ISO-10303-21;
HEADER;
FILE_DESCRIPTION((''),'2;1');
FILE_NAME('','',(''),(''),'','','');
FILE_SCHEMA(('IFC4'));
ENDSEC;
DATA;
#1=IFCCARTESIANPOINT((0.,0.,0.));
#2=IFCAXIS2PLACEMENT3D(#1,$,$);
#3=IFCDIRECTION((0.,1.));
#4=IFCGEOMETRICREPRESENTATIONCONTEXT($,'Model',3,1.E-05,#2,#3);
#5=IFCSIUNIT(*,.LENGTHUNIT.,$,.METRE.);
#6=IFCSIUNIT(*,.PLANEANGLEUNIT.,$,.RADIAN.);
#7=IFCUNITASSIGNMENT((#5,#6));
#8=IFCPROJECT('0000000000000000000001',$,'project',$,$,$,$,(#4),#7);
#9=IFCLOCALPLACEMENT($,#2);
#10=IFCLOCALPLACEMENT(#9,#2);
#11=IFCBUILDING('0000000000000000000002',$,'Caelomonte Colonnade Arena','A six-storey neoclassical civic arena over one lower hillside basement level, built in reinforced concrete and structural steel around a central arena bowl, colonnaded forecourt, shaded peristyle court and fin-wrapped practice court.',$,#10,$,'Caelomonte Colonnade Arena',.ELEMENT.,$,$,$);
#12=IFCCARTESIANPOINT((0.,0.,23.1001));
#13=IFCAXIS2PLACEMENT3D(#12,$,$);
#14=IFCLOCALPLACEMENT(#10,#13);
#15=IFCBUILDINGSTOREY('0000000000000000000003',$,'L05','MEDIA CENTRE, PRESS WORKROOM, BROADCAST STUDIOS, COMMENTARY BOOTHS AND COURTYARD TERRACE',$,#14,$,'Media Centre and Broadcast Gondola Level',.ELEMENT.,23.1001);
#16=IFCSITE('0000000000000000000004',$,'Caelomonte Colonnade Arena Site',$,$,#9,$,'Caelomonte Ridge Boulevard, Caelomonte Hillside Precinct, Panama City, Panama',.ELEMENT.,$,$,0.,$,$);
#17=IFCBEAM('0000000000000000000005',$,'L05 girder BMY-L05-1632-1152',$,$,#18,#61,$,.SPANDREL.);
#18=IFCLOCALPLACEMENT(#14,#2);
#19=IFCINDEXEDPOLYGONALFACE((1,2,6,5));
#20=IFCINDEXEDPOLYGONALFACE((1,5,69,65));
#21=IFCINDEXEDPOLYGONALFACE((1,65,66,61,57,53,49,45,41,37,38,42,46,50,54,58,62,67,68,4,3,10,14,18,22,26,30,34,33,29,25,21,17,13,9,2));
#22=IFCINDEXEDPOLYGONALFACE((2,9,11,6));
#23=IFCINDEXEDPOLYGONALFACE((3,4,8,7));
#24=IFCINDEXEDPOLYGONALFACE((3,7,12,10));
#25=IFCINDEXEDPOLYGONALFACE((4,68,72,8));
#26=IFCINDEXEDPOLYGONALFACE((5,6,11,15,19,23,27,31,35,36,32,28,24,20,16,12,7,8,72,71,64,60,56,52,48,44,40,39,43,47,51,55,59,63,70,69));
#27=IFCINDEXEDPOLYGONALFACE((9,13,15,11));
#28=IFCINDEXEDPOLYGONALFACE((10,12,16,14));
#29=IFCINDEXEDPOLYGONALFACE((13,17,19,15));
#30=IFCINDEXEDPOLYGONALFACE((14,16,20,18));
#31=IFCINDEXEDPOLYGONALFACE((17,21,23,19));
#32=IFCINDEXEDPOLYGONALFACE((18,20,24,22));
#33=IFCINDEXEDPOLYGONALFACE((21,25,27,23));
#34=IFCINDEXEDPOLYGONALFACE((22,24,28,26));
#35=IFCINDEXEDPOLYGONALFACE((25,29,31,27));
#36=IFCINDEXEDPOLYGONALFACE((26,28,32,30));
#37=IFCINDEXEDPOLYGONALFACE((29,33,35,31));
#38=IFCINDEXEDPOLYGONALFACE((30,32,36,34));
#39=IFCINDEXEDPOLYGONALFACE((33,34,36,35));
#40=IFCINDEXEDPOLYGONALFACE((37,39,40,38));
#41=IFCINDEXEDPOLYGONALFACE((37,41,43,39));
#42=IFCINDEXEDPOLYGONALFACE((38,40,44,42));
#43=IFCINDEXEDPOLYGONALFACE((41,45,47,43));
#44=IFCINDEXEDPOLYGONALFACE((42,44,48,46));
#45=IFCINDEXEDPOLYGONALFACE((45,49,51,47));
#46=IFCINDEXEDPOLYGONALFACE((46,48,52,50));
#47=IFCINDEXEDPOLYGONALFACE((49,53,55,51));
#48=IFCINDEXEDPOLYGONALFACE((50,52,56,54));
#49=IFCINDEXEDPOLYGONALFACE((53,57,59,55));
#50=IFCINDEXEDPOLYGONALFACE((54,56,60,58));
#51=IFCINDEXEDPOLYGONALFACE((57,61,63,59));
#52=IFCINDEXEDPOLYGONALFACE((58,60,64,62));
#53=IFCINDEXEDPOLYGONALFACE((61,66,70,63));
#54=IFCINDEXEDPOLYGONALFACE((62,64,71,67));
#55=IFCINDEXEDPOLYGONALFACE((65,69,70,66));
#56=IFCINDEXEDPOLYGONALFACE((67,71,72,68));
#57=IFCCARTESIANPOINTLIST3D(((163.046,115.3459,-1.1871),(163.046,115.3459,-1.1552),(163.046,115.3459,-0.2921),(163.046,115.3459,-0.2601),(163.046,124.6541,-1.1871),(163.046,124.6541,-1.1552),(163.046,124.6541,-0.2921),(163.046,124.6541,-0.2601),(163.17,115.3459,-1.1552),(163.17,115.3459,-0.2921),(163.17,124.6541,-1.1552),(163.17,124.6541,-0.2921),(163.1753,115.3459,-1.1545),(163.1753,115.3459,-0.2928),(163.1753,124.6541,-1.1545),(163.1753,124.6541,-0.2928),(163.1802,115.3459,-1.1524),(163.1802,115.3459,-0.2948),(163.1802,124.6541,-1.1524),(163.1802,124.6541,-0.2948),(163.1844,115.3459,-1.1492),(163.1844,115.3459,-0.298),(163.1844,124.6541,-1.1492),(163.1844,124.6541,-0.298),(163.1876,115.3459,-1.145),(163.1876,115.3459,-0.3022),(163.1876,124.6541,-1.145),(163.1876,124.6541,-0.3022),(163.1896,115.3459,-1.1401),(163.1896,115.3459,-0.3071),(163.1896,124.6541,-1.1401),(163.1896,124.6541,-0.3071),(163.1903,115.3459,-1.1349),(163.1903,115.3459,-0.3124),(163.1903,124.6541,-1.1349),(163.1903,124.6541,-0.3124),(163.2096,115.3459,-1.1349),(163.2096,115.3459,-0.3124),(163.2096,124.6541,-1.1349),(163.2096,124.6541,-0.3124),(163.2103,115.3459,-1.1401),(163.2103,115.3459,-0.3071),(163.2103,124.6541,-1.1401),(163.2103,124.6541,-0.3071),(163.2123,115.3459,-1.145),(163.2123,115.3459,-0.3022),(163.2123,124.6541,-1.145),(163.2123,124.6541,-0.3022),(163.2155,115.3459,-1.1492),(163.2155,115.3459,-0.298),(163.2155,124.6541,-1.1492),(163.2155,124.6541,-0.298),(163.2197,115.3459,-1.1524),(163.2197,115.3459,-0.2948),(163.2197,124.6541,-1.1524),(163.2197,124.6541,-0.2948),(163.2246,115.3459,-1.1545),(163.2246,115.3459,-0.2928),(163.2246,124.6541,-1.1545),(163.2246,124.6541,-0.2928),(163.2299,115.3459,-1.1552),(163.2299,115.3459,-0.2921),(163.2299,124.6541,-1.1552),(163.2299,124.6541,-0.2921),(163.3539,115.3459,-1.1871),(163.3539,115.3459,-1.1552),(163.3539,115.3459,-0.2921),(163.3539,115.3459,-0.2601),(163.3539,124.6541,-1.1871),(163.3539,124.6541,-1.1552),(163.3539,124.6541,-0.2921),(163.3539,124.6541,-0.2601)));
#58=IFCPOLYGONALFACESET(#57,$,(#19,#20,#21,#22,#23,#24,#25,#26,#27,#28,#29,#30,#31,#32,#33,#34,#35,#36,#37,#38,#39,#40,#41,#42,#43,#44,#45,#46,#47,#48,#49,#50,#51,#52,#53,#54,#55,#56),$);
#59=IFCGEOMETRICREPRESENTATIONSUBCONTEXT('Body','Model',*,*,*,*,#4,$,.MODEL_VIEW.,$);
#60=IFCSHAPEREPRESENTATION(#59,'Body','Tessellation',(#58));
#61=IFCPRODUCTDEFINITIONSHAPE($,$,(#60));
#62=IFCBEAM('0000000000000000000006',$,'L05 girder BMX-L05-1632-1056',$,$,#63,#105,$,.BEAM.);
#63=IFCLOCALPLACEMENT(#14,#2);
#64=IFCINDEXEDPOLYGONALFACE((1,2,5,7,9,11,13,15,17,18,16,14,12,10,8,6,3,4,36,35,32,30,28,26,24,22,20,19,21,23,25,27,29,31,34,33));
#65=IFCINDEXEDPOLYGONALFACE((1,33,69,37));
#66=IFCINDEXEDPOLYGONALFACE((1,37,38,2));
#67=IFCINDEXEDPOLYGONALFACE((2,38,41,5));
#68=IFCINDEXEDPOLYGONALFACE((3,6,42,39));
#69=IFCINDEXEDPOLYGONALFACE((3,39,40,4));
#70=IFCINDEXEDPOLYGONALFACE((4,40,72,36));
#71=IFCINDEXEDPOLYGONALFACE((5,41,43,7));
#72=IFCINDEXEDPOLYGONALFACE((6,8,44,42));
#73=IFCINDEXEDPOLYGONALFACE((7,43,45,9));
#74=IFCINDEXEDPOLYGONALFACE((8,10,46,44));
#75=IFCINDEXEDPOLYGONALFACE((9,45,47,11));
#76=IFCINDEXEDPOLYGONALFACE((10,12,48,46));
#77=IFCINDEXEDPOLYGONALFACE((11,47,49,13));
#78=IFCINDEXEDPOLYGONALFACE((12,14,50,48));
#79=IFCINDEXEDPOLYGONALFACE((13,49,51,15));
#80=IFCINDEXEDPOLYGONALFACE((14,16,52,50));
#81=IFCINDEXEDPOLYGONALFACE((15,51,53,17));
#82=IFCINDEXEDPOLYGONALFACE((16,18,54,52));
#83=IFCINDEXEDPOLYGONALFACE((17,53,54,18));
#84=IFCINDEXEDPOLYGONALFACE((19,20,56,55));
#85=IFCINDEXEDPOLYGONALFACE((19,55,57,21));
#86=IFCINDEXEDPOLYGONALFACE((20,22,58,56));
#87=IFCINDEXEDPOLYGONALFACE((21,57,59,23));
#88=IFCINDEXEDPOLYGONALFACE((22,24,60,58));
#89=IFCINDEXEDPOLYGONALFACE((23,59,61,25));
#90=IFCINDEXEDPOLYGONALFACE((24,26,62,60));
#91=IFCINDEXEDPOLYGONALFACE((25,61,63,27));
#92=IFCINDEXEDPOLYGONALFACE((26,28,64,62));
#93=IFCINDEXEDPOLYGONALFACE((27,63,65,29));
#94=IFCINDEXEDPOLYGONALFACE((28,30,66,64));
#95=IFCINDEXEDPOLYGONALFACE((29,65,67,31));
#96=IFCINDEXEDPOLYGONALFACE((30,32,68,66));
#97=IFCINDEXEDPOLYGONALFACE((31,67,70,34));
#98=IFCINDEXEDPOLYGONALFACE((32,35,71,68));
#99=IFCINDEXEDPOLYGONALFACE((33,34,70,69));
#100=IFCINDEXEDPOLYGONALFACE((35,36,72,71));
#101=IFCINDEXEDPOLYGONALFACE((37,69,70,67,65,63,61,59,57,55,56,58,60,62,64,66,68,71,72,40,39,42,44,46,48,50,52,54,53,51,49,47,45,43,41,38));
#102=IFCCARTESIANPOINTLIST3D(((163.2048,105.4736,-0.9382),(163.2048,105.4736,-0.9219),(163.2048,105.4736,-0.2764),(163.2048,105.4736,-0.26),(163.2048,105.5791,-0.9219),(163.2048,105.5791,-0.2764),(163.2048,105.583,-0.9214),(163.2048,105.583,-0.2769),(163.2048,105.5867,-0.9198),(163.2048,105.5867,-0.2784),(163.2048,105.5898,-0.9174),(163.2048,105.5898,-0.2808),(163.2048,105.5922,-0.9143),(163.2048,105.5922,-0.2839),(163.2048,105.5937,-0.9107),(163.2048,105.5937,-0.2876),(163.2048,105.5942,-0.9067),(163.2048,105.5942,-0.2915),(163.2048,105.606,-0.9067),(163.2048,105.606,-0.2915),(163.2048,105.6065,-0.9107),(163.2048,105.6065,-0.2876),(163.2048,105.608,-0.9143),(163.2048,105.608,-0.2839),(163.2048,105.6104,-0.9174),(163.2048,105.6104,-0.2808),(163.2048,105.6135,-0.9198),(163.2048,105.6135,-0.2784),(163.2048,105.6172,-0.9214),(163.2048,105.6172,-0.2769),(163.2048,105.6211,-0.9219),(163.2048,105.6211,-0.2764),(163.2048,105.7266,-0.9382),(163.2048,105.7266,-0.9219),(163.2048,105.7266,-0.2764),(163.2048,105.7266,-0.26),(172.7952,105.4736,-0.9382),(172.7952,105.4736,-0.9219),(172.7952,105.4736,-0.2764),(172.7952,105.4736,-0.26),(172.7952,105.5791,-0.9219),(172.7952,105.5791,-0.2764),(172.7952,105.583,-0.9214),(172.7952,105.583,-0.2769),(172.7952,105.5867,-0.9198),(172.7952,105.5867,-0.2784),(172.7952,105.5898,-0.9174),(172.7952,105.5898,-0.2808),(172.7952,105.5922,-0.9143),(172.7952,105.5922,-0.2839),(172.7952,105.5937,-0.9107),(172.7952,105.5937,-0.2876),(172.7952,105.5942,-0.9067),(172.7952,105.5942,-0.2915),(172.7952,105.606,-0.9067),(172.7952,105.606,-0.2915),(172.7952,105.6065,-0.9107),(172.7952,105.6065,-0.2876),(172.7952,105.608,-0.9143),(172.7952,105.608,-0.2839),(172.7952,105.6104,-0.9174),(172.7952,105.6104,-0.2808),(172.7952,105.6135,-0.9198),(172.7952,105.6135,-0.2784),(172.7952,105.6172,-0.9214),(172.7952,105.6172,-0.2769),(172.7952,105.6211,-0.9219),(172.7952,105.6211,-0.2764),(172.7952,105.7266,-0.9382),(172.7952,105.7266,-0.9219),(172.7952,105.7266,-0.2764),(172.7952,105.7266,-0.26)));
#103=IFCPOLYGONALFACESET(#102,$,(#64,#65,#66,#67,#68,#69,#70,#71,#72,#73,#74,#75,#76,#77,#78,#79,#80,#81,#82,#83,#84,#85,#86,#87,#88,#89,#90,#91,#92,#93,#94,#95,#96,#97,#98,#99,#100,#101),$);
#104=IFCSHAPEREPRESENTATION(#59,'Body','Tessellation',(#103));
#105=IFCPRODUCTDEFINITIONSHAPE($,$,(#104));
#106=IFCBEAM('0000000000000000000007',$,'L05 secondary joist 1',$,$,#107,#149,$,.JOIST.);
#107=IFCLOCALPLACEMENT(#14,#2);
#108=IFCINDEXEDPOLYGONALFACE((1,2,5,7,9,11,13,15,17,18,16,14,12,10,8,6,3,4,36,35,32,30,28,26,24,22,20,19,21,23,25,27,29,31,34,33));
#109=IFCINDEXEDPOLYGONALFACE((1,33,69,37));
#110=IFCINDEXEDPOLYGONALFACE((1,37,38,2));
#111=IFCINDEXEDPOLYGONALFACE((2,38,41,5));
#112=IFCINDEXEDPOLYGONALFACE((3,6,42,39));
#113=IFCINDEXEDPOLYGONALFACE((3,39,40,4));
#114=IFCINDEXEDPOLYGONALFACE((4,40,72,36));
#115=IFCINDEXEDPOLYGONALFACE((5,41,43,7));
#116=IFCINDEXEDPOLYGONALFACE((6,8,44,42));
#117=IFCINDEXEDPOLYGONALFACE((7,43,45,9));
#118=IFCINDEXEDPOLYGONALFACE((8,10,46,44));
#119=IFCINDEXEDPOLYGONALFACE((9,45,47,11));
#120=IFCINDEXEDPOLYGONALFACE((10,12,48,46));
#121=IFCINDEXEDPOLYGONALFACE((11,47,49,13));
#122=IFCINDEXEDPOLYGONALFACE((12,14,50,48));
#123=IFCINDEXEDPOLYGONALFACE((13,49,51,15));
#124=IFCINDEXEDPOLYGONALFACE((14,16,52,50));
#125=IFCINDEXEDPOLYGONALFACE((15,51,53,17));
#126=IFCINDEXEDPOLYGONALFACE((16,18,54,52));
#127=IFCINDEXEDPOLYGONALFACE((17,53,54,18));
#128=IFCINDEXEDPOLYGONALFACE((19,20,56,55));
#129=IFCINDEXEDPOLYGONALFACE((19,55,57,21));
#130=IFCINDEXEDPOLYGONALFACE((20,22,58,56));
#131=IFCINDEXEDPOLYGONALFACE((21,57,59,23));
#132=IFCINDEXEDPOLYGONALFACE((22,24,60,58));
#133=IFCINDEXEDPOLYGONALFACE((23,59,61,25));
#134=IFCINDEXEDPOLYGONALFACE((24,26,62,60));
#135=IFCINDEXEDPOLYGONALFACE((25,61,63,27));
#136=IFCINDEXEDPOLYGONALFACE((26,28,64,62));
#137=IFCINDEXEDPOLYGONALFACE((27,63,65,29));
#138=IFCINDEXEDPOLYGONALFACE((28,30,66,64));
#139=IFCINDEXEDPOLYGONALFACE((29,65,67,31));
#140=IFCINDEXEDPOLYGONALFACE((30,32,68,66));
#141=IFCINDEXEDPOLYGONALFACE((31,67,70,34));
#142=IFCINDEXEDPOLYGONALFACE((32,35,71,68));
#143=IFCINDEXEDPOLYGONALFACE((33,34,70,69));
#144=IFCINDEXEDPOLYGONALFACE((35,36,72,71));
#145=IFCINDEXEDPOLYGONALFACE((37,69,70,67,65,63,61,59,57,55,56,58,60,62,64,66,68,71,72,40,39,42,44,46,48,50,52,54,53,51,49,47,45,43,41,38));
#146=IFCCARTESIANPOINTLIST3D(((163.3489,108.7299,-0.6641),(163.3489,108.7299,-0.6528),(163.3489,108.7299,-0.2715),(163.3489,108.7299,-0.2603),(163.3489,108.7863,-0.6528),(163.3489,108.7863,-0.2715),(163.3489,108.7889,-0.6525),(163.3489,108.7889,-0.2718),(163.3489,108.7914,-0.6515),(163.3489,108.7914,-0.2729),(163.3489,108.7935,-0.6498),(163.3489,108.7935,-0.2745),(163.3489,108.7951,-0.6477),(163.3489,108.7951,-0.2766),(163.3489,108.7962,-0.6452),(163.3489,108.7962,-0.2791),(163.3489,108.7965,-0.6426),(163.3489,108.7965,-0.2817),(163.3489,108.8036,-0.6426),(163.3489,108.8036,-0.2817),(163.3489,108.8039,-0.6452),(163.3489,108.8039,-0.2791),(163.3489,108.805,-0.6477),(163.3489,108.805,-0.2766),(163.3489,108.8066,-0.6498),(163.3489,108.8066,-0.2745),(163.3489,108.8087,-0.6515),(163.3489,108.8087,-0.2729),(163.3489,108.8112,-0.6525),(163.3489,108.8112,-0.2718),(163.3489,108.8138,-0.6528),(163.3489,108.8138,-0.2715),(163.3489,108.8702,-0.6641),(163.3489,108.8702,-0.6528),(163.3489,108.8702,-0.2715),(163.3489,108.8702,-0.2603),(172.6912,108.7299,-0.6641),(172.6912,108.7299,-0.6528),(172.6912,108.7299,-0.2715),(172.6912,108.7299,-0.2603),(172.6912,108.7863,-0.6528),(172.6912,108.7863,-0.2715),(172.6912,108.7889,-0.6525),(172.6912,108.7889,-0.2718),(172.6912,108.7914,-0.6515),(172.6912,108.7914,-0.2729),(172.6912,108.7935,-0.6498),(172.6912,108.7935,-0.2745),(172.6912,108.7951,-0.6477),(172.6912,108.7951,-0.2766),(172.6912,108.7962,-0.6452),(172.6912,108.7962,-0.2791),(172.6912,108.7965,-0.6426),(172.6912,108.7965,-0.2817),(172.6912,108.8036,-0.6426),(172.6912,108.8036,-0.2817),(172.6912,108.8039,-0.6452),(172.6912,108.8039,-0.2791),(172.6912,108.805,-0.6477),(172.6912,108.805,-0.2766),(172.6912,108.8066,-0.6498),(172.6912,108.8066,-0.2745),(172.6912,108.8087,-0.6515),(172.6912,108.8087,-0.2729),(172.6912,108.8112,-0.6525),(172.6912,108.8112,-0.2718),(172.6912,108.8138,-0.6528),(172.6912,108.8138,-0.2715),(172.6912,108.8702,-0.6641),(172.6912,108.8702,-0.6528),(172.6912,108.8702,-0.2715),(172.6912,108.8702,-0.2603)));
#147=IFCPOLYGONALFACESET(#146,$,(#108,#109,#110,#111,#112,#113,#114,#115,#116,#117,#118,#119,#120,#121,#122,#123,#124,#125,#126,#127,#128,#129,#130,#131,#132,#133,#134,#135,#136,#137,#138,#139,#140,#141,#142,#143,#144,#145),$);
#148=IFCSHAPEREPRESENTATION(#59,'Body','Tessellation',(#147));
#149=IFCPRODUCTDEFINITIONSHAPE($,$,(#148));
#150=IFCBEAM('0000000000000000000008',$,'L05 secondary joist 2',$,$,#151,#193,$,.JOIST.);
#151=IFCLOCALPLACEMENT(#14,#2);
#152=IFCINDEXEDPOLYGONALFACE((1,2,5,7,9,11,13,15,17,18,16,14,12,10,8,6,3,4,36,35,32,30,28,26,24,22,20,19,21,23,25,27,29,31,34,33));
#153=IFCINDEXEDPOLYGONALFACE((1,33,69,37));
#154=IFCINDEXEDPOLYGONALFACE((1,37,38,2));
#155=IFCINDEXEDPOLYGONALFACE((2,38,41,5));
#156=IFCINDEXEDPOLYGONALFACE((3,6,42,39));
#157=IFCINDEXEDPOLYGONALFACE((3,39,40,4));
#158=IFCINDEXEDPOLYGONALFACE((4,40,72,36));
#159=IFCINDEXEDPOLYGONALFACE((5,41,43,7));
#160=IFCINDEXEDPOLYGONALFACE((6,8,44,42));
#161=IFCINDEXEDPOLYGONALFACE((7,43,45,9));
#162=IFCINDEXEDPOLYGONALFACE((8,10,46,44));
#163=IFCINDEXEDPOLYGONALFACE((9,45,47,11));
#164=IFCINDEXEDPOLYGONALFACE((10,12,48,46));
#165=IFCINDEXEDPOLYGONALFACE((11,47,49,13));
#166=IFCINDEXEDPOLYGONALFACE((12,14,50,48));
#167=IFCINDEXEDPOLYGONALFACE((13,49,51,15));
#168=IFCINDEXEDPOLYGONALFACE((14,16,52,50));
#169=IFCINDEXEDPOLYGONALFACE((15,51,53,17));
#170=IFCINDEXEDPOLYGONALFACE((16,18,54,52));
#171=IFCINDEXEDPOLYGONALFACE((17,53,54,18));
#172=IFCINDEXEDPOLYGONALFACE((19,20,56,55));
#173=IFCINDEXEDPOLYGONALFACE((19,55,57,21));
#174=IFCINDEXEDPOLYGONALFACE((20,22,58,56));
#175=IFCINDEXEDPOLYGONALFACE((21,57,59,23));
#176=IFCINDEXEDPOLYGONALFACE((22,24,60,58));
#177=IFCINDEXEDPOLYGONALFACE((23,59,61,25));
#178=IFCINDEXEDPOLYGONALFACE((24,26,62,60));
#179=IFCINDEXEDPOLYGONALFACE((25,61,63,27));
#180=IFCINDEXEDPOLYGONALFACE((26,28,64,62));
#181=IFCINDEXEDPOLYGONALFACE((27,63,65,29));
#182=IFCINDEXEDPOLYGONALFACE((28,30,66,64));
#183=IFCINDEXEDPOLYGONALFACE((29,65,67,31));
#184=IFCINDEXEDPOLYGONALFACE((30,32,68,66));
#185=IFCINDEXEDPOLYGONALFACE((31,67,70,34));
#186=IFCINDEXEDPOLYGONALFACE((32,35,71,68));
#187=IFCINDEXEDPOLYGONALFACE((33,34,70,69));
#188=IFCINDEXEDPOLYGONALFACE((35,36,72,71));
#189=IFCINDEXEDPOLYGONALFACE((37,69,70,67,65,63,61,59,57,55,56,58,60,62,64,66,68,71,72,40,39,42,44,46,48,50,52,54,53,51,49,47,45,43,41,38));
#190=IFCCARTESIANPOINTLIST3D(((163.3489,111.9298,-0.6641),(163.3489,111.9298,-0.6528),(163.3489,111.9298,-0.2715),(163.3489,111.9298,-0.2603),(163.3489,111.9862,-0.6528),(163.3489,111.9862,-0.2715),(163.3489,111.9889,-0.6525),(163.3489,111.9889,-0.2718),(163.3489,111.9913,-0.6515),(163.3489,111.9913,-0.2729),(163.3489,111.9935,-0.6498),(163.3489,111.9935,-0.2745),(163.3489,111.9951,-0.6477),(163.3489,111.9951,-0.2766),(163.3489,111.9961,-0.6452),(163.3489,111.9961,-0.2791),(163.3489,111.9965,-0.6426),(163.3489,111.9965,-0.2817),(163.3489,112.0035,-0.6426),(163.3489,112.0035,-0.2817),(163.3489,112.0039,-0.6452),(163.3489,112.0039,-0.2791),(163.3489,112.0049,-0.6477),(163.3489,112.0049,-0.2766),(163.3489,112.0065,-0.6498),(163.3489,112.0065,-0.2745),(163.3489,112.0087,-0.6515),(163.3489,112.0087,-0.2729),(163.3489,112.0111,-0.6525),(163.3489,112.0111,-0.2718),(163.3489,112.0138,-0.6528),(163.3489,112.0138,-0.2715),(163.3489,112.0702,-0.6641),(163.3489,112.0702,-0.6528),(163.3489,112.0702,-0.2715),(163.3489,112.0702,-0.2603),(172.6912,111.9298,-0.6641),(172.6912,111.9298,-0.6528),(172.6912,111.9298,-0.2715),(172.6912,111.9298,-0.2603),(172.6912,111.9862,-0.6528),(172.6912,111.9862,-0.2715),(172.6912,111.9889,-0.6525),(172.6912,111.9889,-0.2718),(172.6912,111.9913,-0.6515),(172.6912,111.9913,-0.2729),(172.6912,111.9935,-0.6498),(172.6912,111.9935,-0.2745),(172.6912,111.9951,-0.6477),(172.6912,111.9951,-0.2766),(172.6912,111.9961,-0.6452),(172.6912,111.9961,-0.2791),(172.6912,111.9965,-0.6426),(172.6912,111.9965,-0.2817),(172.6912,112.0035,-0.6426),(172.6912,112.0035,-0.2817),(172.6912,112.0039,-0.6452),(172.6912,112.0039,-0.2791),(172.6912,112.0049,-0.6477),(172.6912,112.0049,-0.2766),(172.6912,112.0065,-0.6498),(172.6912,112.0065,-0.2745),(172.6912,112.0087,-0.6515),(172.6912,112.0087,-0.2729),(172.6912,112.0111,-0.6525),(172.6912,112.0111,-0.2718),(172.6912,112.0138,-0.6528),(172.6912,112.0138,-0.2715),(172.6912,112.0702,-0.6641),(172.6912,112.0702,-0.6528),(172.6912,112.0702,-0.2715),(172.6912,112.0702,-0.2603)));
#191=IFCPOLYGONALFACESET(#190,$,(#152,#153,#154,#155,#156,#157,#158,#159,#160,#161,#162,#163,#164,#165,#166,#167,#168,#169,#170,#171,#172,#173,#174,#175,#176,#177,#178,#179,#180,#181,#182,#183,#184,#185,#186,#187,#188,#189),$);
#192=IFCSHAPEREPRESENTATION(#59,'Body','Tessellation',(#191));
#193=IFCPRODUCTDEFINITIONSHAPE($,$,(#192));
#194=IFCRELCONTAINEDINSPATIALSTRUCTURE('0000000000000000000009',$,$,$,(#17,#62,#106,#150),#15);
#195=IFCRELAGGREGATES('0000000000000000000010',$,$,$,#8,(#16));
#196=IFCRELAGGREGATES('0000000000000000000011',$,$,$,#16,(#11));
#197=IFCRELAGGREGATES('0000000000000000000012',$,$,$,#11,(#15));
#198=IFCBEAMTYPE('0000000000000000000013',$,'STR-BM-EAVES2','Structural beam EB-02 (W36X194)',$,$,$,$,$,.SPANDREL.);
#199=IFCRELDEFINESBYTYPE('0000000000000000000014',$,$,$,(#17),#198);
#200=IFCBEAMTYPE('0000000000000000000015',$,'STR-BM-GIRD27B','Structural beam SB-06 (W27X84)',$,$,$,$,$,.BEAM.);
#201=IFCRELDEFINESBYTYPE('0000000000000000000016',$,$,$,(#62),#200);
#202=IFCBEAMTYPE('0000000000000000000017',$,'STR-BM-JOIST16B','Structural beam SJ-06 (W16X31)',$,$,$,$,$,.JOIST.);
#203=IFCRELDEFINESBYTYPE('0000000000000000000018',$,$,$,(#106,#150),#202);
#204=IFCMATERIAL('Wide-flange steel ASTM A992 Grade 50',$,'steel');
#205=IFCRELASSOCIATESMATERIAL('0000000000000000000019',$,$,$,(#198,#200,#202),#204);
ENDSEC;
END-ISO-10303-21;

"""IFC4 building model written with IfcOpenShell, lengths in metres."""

from ifc_helpers import new_model, si_unit, direction, frame, origin, origin_2d, place, context, subcontext, project, spatial, i_section, extrude, material, material_profile, profile_set, type_object, element, save


model = new_model("IFC4")

# Units and contexts
model_context = context("Model", 3, precision=1e-05, world=origin(), true_north=direction((0.0, 1.0)))
body_context = subcontext(model_context, "Body", "Model", "MODEL_VIEW")
ifc_project = project(units=[si_unit("LENGTHUNIT", "METRE"), si_unit("PLANEANGLEUNIT", "RADIAN")], contexts=[model_context])

# Site, building, storey
site_placement = place(None, origin())
site = spatial("IfcSite", under=ifc_project, at=site_placement, Name="Caelomonte Colonnade Arena Site", LongName="Caelomonte Ridge Boulevard, Caelomonte Hillside Precinct, Panama City, Panama", CompositionType="ELEMENT", RefElevation=0.0)
building_placement = place(site_placement, origin())
building = spatial("IfcBuilding", under=site, at=building_placement, Name="Caelomonte Colonnade Arena", Description="A six-storey neoclassical civic arena over one lower hillside basement level, built in reinforced concrete and structural steel around a central arena bowl, colonnaded forecourt, shaded peristyle court and fin-wrapped practice court.", LongName="Caelomonte Colonnade Arena", CompositionType="ELEMENT")
storey_placement = place(building_placement, frame((0.0, 0.0, 23.1001)))
storey = spatial("IfcBuildingStorey", under=building, at=storey_placement, Name="L05", Description="MEDIA CENTRE, PRESS WORKROOM, BROADCAST STUDIOS, COMMENTARY BOOTHS AND COURTYARD TERRACE", LongName="Media Centre and Broadcast Gondola Level", CompositionType="ELEMENT", Elevation=23.1001)

# Shared definitions
ifc_material_1 = material(Name="Wide-flange steel ASTM A992 Grade 50", Category="steel")

# Beams
ifc_material_profile_1 = material_profile(ifc_material_1, i_section(OverallWidth=0.3079, OverallDepth=0.927, WebThickness=0.0193, FlangeThickness=0.032, FilletRadius=0.0203, at=origin_2d()), Name="W36X194")
ifc_profile_set_1 = profile_set([ifc_material_profile_1], Name="Wide-flange steel ASTM A992 Grade 50")
beam_type_1 = type_object("IfcBeamType", Name="STR-BM-EAVES2", Description="Structural beam EB-02 (W36X194)", PredefinedType="SPANDREL", material=ifc_profile_set_1)
beam_1_placement = place(storey_placement, frame((163.2, 115.3459, -0.7236), z_axis=(0.0, 1.0, 0.0), x_axis=(-1.0, 0.0, 0.0)))
element("IfcBeam", 1, at=beam_1_placement, inside=storey, type_object=beam_type_1, Name="L05 girder BMY-L05-1632-1152", PredefinedType="SPANDREL", context=body_context, shape_type="SweptSolid", body=[
    extrude(i_section(OverallWidth=0.3079, OverallDepth=0.927, WebThickness=0.0193, FlangeThickness=0.032, FilletRadius=0.0203, at=origin_2d()), origin(), (0.0, 0.0, 1.0), 9.3081),
])
ifc_material_profile_2 = material_profile(ifc_material_1, i_section(OverallWidth=0.2529, OverallDepth=0.6782, WebThickness=0.0117, FlangeThickness=0.0164, FilletRadius=0.0151, at=origin_2d()), Name="W27X84")
ifc_profile_set_2 = profile_set([ifc_material_profile_2], Name="Wide-flange steel ASTM A992 Grade 50")
beam_type_2 = type_object("IfcBeamType", Name="STR-BM-GIRD27B", Description="Structural beam SB-06 (W27X84)", PredefinedType="BEAM", material=ifc_profile_set_2)
beam_2_placement = place(storey_placement, frame((163.2048, 105.6001, -0.5991), z_axis=(1.0, 0.0, 0.0), x_axis=(0.0, 1.0, 0.0)))
element("IfcBeam", 2, at=beam_2_placement, inside=storey, type_object=beam_type_2, Name="L05 girder BMX-L05-1632-1056", PredefinedType="BEAM", context=body_context, shape_type="SweptSolid", body=[
    extrude(i_section(OverallWidth=0.2529, OverallDepth=0.6782, WebThickness=0.0117, FlangeThickness=0.0164, FilletRadius=0.0151, at=origin_2d()), origin(), (0.0, 0.0, 1.0), 9.5903),
])
ifc_material_profile_3 = material_profile(ifc_material_1, i_section(OverallWidth=0.1404, OverallDepth=0.4038, WebThickness=0.0071, FlangeThickness=0.0112, FilletRadius=0.0103, at=origin_2d()), Name="W16X31")
ifc_profile_set_3 = profile_set([ifc_material_profile_3], Name="Wide-flange steel ASTM A992 Grade 50")
beam_type_3 = type_object("IfcBeamType", Name="STR-BM-JOIST16B", Description="Structural beam SJ-06 (W16X31)", PredefinedType="JOIST", material=ifc_profile_set_3)
for number, where, z_axis, x_axis, name in (
    (3, (163.3489, 108.8, -0.4622), (1.0, 0.0, 0.0), (0.0, 1.0, 0.0), "L05 secondary joist 1"),
    (4, (163.3489, 112.0, -0.4622), (1.0, 0.0, 0.0), (0.0, 1.0, 0.0), "L05 secondary joist 2"),
):
    element("IfcBeam", number, at=place(storey_placement, frame(where, z_axis=z_axis, x_axis=x_axis)), inside=storey, type_object=beam_type_3, Name=name, PredefinedType="JOIST", context=body_context, shape_type="SweptSolid", body=[
        extrude(i_section(OverallWidth=0.1404, OverallDepth=0.4038, WebThickness=0.0071, FlangeThickness=0.0112, FilletRadius=0.0103, at=origin_2d()), origin(), (0.0, 0.0, 1.0), 9.3423),
    ])

save(model, "model.ifc")
